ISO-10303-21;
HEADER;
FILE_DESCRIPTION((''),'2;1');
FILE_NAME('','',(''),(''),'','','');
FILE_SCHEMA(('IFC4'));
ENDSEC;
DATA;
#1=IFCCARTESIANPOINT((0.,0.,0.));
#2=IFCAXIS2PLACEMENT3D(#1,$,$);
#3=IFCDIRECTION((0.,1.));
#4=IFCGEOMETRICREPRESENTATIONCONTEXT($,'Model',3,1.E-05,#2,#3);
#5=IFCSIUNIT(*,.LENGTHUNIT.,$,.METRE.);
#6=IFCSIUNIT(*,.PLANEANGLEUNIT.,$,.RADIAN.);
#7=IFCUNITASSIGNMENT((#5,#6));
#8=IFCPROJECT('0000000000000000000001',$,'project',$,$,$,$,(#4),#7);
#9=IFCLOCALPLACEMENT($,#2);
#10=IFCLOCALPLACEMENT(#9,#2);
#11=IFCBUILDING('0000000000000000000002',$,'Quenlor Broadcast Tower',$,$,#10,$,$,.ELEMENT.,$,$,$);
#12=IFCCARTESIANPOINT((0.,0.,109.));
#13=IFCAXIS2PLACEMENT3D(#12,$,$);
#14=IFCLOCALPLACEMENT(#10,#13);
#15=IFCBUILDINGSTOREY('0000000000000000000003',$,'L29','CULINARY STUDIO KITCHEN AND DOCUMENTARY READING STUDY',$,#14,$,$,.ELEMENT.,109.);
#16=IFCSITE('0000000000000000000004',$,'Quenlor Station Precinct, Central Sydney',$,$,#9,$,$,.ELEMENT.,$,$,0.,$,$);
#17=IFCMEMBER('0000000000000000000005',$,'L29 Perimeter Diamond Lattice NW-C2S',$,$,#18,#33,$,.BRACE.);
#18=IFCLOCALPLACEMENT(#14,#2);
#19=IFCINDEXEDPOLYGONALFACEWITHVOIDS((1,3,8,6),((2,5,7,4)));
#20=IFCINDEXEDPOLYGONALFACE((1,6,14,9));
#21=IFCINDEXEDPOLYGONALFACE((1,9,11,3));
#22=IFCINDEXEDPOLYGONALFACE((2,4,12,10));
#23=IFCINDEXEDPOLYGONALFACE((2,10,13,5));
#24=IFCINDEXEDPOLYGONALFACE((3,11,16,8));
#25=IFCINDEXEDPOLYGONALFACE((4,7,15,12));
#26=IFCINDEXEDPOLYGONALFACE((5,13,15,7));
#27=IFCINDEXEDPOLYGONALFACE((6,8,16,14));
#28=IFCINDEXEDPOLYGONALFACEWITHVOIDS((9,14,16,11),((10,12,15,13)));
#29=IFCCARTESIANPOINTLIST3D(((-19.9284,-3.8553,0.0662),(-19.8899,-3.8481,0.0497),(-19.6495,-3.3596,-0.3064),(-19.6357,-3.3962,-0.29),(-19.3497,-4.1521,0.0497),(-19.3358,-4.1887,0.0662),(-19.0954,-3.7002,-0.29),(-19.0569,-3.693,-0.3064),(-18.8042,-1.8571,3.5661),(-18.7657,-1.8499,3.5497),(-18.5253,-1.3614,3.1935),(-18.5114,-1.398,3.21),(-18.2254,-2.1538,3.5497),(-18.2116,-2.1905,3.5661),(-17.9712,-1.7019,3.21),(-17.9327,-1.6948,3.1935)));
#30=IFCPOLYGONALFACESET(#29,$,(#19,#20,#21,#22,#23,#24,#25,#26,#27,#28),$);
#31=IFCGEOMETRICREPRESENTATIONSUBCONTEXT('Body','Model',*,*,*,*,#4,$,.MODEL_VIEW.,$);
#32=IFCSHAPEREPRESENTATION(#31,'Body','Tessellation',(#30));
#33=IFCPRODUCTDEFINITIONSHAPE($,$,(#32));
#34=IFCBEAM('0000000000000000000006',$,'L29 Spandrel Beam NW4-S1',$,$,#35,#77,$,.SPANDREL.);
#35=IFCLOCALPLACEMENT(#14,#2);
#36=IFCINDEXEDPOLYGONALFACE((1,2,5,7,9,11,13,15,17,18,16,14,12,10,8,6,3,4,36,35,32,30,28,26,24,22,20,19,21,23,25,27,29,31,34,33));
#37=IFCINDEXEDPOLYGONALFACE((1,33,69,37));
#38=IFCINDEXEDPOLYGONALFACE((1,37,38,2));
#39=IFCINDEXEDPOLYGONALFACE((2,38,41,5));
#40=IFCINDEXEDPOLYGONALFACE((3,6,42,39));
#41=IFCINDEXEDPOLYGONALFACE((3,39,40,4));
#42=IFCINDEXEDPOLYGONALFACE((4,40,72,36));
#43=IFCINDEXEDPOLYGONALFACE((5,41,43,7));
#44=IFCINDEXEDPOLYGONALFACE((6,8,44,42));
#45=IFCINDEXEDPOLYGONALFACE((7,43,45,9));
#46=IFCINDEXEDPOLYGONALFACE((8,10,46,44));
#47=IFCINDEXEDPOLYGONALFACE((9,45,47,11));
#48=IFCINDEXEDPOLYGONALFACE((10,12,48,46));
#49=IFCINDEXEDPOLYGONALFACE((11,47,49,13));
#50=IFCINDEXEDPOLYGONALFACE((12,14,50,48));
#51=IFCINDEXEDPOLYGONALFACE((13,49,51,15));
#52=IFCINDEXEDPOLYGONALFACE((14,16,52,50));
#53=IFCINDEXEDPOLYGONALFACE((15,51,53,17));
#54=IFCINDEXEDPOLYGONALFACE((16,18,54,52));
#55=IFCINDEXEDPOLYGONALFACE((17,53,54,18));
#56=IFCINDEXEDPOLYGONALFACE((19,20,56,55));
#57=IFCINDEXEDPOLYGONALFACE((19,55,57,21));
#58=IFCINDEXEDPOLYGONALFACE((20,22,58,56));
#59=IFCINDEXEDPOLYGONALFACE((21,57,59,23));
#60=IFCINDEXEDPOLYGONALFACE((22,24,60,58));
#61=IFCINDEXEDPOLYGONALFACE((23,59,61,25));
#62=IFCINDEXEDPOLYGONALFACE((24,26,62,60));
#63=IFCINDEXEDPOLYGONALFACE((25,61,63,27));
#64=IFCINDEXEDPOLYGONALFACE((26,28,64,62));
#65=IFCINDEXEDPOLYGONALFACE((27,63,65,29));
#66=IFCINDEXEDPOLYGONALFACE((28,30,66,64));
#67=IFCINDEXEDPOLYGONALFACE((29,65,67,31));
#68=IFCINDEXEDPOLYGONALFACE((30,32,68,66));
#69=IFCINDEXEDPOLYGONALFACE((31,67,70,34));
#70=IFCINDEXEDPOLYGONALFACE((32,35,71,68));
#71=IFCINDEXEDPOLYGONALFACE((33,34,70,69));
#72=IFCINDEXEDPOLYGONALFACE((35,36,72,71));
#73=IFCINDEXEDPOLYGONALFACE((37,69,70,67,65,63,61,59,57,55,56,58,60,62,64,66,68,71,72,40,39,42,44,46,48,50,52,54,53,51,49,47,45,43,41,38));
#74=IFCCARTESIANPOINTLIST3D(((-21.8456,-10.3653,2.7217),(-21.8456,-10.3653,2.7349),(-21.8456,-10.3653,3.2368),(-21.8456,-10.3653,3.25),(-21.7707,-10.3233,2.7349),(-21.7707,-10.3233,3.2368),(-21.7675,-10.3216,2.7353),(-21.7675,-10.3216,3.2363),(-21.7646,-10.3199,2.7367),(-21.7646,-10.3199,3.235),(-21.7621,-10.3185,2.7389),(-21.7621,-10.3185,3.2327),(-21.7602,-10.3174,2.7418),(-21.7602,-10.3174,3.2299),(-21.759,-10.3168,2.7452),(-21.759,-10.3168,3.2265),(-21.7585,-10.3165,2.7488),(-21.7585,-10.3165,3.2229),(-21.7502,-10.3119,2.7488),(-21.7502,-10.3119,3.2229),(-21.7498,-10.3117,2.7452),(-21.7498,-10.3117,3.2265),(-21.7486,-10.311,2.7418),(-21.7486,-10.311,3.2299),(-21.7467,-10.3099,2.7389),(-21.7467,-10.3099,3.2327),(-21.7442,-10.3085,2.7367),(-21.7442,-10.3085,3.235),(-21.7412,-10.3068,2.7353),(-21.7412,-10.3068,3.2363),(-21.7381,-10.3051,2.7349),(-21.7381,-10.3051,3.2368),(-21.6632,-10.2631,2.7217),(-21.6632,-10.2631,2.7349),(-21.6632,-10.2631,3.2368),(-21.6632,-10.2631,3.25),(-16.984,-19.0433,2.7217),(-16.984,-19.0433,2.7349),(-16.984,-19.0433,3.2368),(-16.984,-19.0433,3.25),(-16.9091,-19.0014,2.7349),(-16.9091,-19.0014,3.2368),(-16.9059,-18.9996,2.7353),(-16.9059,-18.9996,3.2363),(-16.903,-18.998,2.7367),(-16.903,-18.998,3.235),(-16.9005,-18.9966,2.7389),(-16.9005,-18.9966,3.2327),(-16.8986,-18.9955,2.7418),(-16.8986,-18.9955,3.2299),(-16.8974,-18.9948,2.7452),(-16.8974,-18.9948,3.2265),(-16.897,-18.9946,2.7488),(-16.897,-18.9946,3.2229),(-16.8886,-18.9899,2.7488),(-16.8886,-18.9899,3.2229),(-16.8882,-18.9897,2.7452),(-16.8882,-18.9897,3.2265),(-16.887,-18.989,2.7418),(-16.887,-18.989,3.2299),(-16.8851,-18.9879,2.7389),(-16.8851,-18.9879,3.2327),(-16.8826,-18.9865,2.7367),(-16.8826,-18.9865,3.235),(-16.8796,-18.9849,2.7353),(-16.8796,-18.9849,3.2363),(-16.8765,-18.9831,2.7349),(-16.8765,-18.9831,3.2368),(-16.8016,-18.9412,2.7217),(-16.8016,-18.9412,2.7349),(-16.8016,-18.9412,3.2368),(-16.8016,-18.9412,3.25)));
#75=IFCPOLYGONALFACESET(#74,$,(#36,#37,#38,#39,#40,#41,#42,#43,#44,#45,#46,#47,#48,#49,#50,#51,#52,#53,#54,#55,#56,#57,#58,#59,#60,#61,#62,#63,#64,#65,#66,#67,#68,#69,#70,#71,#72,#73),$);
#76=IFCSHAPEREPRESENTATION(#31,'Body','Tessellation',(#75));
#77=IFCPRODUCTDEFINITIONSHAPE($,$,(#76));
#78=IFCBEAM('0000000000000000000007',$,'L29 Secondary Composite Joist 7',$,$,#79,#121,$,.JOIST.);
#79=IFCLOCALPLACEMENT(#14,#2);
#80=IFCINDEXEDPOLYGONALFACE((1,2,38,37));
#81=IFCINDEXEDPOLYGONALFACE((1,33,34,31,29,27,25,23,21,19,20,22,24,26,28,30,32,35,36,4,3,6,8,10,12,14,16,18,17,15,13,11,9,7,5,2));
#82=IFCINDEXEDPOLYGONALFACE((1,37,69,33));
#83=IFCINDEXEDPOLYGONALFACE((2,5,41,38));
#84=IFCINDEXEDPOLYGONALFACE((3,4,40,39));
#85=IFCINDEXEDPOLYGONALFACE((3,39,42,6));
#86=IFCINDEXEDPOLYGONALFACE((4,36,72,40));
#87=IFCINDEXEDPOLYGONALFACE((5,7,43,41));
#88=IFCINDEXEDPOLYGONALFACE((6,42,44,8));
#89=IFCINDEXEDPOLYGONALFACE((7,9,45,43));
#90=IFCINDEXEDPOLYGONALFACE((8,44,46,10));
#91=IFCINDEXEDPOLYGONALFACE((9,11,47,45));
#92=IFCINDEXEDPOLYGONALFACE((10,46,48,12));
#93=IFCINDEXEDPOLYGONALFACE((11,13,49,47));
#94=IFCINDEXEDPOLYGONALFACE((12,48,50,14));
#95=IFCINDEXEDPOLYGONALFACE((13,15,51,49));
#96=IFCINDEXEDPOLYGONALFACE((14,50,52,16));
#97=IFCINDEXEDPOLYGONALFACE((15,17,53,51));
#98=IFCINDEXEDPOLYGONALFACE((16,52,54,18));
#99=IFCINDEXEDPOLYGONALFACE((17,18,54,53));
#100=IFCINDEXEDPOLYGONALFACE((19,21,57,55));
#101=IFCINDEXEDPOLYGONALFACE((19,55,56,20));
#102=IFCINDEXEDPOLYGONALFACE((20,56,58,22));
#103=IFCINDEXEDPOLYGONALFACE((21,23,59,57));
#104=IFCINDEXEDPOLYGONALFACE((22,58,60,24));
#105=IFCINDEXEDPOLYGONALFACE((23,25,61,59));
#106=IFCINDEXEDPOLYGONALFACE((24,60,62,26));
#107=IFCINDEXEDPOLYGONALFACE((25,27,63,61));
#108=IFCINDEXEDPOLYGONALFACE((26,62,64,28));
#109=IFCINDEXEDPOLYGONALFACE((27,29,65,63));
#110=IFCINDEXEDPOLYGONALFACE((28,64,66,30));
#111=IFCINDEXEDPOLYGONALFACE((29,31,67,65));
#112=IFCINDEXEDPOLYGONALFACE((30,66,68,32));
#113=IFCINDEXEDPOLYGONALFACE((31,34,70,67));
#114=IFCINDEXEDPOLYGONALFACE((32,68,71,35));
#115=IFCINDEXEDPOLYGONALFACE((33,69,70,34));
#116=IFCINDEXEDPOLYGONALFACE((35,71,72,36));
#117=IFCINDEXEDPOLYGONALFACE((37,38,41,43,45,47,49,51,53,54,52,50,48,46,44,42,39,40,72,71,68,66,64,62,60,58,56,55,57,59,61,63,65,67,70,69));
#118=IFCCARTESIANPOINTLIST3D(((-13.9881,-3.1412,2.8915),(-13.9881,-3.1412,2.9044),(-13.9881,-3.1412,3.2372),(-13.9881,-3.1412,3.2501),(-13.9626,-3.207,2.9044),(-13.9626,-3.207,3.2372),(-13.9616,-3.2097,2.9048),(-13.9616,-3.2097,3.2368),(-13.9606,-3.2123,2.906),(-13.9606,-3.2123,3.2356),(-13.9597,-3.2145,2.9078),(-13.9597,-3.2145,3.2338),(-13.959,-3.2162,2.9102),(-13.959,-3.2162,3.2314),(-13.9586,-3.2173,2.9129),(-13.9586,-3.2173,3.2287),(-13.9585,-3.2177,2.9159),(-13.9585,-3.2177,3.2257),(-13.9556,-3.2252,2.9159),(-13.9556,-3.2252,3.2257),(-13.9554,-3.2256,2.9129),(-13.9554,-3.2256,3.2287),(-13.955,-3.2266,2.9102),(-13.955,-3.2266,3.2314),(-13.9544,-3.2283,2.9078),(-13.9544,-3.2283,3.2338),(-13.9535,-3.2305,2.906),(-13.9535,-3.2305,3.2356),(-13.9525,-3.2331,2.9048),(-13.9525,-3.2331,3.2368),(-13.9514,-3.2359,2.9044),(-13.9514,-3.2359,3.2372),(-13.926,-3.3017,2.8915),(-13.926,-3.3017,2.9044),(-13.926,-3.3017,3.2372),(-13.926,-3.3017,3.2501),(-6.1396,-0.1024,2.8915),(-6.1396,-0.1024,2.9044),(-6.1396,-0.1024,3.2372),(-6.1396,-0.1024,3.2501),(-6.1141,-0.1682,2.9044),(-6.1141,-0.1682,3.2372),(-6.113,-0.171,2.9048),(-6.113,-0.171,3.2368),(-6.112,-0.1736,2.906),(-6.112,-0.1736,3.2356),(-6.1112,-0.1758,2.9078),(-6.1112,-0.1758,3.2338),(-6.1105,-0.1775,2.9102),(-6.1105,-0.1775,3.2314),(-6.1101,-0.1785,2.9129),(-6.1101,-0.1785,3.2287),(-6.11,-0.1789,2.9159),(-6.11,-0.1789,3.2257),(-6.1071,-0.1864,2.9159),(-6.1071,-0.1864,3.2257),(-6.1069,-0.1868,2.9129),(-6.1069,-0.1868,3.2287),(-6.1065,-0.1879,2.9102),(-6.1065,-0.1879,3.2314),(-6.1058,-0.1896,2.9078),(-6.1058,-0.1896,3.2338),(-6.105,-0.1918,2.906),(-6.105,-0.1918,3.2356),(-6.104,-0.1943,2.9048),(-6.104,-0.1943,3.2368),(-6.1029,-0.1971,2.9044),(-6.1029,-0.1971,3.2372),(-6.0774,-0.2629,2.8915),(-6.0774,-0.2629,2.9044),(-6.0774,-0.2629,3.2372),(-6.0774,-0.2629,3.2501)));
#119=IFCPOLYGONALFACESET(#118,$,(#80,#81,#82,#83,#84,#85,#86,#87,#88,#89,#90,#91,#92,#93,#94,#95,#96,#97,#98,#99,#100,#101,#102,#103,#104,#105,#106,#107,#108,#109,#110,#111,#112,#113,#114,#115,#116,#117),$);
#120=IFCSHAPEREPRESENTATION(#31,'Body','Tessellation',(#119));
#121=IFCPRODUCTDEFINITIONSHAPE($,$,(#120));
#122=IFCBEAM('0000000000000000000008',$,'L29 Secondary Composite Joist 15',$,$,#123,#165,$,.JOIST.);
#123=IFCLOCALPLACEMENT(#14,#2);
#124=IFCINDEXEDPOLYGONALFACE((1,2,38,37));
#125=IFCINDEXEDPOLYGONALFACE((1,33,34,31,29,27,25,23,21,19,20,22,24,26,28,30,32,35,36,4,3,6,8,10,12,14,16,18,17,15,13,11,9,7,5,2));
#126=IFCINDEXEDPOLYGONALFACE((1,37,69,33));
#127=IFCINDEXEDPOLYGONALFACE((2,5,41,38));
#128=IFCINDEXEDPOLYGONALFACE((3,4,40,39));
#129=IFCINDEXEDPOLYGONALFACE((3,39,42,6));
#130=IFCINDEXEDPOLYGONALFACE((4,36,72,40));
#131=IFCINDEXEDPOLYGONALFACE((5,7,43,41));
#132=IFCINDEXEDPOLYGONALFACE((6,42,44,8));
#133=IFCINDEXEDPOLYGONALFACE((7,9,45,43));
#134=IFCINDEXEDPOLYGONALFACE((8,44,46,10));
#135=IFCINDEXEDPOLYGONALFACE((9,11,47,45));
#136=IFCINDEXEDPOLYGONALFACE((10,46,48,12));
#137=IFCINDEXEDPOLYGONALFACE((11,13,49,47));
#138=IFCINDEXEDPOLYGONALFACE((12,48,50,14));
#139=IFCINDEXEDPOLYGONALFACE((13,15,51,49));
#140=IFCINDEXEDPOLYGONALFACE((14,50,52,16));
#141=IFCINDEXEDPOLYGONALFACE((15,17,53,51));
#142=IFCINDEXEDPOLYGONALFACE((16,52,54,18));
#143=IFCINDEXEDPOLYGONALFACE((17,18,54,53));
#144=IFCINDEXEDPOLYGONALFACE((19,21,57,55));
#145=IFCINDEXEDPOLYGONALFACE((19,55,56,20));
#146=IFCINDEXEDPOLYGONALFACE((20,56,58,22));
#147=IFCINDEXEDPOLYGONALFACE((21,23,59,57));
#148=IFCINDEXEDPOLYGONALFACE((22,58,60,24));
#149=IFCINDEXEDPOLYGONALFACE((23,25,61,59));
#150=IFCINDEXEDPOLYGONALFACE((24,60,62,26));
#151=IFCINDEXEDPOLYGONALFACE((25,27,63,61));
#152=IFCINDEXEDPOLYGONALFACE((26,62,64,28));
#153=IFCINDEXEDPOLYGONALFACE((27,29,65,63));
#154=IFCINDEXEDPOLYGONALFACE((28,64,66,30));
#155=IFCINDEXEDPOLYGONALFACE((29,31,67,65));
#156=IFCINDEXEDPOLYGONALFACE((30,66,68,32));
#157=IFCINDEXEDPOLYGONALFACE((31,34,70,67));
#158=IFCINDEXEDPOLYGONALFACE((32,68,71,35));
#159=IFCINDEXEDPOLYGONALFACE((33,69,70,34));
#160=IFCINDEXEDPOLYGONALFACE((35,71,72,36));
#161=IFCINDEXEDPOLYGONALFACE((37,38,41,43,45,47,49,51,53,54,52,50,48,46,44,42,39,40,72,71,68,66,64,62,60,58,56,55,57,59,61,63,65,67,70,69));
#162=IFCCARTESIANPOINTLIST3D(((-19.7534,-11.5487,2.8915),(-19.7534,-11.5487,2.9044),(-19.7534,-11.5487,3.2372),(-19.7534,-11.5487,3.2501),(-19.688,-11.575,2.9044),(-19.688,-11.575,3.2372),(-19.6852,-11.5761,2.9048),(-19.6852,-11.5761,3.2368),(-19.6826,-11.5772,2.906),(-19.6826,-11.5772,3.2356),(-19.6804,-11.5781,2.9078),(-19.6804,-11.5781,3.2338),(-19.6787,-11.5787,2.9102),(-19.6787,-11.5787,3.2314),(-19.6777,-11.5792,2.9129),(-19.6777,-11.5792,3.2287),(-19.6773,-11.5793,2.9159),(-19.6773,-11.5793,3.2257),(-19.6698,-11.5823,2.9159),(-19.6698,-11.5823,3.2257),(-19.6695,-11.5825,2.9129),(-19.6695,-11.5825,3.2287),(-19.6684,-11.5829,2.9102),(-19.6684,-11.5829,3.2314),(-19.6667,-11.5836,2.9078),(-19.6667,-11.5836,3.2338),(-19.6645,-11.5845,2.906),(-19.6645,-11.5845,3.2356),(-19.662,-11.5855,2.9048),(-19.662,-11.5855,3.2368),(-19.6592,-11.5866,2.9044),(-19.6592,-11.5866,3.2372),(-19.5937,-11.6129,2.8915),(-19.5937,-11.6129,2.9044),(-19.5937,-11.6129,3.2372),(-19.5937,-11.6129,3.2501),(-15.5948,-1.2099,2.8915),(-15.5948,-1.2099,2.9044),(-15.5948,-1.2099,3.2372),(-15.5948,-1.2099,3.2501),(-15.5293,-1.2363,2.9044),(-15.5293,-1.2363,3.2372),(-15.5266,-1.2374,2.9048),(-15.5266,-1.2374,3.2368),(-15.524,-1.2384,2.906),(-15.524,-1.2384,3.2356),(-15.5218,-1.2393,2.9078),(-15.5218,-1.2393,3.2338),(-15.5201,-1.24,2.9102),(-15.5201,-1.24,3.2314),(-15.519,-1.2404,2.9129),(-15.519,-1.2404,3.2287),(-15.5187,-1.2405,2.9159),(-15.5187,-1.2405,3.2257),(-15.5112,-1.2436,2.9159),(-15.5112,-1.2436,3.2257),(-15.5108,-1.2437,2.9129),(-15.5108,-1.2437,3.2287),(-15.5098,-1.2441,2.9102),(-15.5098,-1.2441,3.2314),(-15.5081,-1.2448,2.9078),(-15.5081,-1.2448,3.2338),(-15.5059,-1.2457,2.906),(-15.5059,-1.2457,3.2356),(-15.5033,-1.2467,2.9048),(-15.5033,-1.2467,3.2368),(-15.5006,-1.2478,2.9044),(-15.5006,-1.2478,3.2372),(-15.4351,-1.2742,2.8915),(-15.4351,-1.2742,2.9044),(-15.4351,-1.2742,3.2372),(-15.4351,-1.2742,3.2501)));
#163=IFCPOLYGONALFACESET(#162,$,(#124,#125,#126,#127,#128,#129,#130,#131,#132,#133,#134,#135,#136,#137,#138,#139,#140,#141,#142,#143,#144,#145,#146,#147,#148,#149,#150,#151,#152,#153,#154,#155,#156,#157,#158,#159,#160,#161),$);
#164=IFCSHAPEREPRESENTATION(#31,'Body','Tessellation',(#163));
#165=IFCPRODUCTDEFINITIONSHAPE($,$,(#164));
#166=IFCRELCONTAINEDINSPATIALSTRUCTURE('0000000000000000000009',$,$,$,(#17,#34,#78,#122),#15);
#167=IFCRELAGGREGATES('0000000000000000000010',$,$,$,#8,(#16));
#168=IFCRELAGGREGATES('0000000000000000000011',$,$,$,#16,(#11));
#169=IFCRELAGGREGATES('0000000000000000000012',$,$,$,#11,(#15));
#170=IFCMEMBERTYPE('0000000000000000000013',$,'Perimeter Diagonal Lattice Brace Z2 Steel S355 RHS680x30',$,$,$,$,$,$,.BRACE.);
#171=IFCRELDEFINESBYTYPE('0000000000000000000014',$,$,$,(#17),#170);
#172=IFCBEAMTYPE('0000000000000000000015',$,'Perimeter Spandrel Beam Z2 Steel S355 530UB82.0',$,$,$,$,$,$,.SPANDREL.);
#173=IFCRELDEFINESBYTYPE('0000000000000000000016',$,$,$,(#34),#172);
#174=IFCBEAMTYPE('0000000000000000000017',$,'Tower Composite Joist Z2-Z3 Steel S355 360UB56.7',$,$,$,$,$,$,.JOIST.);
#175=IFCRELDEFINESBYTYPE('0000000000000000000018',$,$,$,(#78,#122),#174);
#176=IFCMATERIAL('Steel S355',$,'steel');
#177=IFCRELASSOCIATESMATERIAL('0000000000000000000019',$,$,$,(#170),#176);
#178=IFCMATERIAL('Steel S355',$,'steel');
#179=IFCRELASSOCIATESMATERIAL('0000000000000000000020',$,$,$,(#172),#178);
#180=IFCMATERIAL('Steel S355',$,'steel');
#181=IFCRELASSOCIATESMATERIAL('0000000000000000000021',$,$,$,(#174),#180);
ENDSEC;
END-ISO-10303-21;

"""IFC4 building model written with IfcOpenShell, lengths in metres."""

from ifc_helpers import new_model, si_unit, direction, frame, origin, origin_2d, place, context, subcontext, project, spatial, hollow_rectangle, i_section, extrude, material, material_profile, profile_set, type_object, element, save


model = new_model("IFC4")

# Units and contexts
model_context = context("Model", 3, precision=1e-05, world=origin(), true_north=direction((0.0, 1.0)))
body_context = subcontext(model_context, "Body", "Model", "MODEL_VIEW")
ifc_project = project(units=[si_unit("LENGTHUNIT", "METRE"), si_unit("PLANEANGLEUNIT", "RADIAN")], contexts=[model_context])

# Site, building, storey
site_placement = place(None, origin())
site = spatial("IfcSite", under=ifc_project, at=site_placement, Name="Quenlor Station Precinct, Central Sydney", CompositionType="ELEMENT", RefElevation=0.0)
building_placement = place(site_placement, origin())
building = spatial("IfcBuilding", under=site, at=building_placement, Name="Quenlor Broadcast Tower", CompositionType="ELEMENT")
storey_placement = place(building_placement, frame((0.0, 0.0, 109.0)))
storey = spatial("IfcBuildingStorey", under=building, at=storey_placement, Name="L29", Description="CULINARY STUDIO KITCHEN AND DOCUMENTARY READING STUDY", CompositionType="ELEMENT", Elevation=109.0)

# Member
ifc_material_1 = material(Name="Steel S355", Category="steel")
ifc_material_profile_1 = material_profile(ifc_material_1, hollow_rectangle(XDim=0.6799, YDim=0.6799, WallThickness=0.03, at=origin_2d()))
ifc_profile_set_1 = profile_set([ifc_material_profile_1], Name="Steel S355 RHS680x680x30")
member_type_1 = type_object("IfcMemberType", Name="Perimeter Diagonal Lattice Brace Z2 Steel S355 RHS680x30", PredefinedType="BRACE", material=ifc_profile_set_1)
for number, where, z_axis, x_axis, name in (
    (1, (-19.4927, -3.7742, -0.1201), (0.268697, 0.477585, 0.836489), (-0.871533, 0.490337, 0.0), "L29 Perimeter Diamond Lattice NW-C2S"),
):
    element("IfcMember", number, at=place(storey_placement, frame(where, z_axis=z_axis, x_axis=x_axis)), inside=storey, type_object=member_type_1, Name=name, PredefinedType="BRACE", context=body_context, shape_type="SweptSolid", body=[
        extrude(hollow_rectangle(XDim=0.6799, YDim=0.6799, WallThickness=0.03, at=origin_2d()), origin(), (0.0, 0.0, 1.0), 4.1841),
    ])

# Beams
ifc_material_2 = material(Name="Steel S355", Category="steel")
ifc_material_profile_2 = material_profile(ifc_material_2, i_section(OverallWidth=0.209, OverallDepth=0.5283, WebThickness=0.0095, FlangeThickness=0.0132, FilletRadius=0.0139, at=origin_2d()))
ifc_profile_set_2 = profile_set([ifc_material_profile_2], Name="Steel S355 530UB82.0")
beam_type_1 = type_object("IfcBeamType", Name="Perimeter Spandrel Beam Z2 Steel S355 530UB82.0", PredefinedType="SPANDREL", material=ifc_profile_set_2)
beam_1_placement = place(storey_placement, frame((-21.7544, -10.3142, 2.9858), z_axis=(0.488749, -0.872424, 0.0), x_axis=(0.872424, 0.488749, 0.0)))
element("IfcBeam", 2, at=beam_1_placement, inside=storey, type_object=beam_type_1, Name="L29 Spandrel Beam NW4-S1", PredefinedType="SPANDREL", context=body_context, shape_type="SweptSolid", body=[
    extrude(i_section(OverallWidth=0.209, OverallDepth=0.5283, WebThickness=0.0095, FlangeThickness=0.0132, FilletRadius=0.0139, at=origin_2d()), origin(), (0.0, 0.0, 1.0), 9.947),
])
ifc_material_3 = material(Name="Steel S355", Category="steel")
ifc_material_profile_3 = material_profile(ifc_material_3, i_section(OverallWidth=0.1721, OverallDepth=0.3586, WebThickness=0.0081, FlangeThickness=0.0129, FilletRadius=0.0115, at=origin_2d()))
ifc_profile_set_3 = profile_set([ifc_material_profile_3], Name="Steel S355 360UB56.7")
beam_type_2 = type_object("IfcBeamType", Name="Tower Composite Joist Z2-Z3 Steel S355 360UB56.7", PredefinedType="JOIST", material=ifc_profile_set_3)
beam_2_placement = place(storey_placement, frame((-13.957, -3.2214, 3.0708), z_axis=(0.932543, 0.36106, 0.0), x_axis=(-0.36106, 0.932543, 0.0)))
element("IfcBeam", 3, at=beam_2_placement, inside=storey, type_object=beam_type_2, Name="L29 Secondary Composite Joist 7", PredefinedType="JOIST", context=body_context, shape_type="SweptSolid", body=[
    extrude(i_section(OverallWidth=0.1721, OverallDepth=0.3586, WebThickness=0.0081, FlangeThickness=0.0129, FilletRadius=0.0115, at=origin_2d()), origin(), (0.0, 0.0, 1.0), 8.4163),
])
beam_3_placement = place(storey_placement, frame((-19.6736, -11.5808, 3.0708), z_axis=(0.37318, 0.927759, 0.0), x_axis=(-0.927759, 0.37318, 0.0)))
element("IfcBeam", 4, at=beam_3_placement, inside=storey, type_object=beam_type_2, Name="L29 Secondary Composite Joist 15", PredefinedType="JOIST", context=body_context, shape_type="SweptSolid", body=[
    extrude(i_section(OverallWidth=0.1721, OverallDepth=0.3586, WebThickness=0.0081, FlangeThickness=0.0129, FilletRadius=0.0115, at=origin_2d()), origin(), (0.0, 0.0, 1.0), 11.1438),
])

save(model, "model.ifc")
